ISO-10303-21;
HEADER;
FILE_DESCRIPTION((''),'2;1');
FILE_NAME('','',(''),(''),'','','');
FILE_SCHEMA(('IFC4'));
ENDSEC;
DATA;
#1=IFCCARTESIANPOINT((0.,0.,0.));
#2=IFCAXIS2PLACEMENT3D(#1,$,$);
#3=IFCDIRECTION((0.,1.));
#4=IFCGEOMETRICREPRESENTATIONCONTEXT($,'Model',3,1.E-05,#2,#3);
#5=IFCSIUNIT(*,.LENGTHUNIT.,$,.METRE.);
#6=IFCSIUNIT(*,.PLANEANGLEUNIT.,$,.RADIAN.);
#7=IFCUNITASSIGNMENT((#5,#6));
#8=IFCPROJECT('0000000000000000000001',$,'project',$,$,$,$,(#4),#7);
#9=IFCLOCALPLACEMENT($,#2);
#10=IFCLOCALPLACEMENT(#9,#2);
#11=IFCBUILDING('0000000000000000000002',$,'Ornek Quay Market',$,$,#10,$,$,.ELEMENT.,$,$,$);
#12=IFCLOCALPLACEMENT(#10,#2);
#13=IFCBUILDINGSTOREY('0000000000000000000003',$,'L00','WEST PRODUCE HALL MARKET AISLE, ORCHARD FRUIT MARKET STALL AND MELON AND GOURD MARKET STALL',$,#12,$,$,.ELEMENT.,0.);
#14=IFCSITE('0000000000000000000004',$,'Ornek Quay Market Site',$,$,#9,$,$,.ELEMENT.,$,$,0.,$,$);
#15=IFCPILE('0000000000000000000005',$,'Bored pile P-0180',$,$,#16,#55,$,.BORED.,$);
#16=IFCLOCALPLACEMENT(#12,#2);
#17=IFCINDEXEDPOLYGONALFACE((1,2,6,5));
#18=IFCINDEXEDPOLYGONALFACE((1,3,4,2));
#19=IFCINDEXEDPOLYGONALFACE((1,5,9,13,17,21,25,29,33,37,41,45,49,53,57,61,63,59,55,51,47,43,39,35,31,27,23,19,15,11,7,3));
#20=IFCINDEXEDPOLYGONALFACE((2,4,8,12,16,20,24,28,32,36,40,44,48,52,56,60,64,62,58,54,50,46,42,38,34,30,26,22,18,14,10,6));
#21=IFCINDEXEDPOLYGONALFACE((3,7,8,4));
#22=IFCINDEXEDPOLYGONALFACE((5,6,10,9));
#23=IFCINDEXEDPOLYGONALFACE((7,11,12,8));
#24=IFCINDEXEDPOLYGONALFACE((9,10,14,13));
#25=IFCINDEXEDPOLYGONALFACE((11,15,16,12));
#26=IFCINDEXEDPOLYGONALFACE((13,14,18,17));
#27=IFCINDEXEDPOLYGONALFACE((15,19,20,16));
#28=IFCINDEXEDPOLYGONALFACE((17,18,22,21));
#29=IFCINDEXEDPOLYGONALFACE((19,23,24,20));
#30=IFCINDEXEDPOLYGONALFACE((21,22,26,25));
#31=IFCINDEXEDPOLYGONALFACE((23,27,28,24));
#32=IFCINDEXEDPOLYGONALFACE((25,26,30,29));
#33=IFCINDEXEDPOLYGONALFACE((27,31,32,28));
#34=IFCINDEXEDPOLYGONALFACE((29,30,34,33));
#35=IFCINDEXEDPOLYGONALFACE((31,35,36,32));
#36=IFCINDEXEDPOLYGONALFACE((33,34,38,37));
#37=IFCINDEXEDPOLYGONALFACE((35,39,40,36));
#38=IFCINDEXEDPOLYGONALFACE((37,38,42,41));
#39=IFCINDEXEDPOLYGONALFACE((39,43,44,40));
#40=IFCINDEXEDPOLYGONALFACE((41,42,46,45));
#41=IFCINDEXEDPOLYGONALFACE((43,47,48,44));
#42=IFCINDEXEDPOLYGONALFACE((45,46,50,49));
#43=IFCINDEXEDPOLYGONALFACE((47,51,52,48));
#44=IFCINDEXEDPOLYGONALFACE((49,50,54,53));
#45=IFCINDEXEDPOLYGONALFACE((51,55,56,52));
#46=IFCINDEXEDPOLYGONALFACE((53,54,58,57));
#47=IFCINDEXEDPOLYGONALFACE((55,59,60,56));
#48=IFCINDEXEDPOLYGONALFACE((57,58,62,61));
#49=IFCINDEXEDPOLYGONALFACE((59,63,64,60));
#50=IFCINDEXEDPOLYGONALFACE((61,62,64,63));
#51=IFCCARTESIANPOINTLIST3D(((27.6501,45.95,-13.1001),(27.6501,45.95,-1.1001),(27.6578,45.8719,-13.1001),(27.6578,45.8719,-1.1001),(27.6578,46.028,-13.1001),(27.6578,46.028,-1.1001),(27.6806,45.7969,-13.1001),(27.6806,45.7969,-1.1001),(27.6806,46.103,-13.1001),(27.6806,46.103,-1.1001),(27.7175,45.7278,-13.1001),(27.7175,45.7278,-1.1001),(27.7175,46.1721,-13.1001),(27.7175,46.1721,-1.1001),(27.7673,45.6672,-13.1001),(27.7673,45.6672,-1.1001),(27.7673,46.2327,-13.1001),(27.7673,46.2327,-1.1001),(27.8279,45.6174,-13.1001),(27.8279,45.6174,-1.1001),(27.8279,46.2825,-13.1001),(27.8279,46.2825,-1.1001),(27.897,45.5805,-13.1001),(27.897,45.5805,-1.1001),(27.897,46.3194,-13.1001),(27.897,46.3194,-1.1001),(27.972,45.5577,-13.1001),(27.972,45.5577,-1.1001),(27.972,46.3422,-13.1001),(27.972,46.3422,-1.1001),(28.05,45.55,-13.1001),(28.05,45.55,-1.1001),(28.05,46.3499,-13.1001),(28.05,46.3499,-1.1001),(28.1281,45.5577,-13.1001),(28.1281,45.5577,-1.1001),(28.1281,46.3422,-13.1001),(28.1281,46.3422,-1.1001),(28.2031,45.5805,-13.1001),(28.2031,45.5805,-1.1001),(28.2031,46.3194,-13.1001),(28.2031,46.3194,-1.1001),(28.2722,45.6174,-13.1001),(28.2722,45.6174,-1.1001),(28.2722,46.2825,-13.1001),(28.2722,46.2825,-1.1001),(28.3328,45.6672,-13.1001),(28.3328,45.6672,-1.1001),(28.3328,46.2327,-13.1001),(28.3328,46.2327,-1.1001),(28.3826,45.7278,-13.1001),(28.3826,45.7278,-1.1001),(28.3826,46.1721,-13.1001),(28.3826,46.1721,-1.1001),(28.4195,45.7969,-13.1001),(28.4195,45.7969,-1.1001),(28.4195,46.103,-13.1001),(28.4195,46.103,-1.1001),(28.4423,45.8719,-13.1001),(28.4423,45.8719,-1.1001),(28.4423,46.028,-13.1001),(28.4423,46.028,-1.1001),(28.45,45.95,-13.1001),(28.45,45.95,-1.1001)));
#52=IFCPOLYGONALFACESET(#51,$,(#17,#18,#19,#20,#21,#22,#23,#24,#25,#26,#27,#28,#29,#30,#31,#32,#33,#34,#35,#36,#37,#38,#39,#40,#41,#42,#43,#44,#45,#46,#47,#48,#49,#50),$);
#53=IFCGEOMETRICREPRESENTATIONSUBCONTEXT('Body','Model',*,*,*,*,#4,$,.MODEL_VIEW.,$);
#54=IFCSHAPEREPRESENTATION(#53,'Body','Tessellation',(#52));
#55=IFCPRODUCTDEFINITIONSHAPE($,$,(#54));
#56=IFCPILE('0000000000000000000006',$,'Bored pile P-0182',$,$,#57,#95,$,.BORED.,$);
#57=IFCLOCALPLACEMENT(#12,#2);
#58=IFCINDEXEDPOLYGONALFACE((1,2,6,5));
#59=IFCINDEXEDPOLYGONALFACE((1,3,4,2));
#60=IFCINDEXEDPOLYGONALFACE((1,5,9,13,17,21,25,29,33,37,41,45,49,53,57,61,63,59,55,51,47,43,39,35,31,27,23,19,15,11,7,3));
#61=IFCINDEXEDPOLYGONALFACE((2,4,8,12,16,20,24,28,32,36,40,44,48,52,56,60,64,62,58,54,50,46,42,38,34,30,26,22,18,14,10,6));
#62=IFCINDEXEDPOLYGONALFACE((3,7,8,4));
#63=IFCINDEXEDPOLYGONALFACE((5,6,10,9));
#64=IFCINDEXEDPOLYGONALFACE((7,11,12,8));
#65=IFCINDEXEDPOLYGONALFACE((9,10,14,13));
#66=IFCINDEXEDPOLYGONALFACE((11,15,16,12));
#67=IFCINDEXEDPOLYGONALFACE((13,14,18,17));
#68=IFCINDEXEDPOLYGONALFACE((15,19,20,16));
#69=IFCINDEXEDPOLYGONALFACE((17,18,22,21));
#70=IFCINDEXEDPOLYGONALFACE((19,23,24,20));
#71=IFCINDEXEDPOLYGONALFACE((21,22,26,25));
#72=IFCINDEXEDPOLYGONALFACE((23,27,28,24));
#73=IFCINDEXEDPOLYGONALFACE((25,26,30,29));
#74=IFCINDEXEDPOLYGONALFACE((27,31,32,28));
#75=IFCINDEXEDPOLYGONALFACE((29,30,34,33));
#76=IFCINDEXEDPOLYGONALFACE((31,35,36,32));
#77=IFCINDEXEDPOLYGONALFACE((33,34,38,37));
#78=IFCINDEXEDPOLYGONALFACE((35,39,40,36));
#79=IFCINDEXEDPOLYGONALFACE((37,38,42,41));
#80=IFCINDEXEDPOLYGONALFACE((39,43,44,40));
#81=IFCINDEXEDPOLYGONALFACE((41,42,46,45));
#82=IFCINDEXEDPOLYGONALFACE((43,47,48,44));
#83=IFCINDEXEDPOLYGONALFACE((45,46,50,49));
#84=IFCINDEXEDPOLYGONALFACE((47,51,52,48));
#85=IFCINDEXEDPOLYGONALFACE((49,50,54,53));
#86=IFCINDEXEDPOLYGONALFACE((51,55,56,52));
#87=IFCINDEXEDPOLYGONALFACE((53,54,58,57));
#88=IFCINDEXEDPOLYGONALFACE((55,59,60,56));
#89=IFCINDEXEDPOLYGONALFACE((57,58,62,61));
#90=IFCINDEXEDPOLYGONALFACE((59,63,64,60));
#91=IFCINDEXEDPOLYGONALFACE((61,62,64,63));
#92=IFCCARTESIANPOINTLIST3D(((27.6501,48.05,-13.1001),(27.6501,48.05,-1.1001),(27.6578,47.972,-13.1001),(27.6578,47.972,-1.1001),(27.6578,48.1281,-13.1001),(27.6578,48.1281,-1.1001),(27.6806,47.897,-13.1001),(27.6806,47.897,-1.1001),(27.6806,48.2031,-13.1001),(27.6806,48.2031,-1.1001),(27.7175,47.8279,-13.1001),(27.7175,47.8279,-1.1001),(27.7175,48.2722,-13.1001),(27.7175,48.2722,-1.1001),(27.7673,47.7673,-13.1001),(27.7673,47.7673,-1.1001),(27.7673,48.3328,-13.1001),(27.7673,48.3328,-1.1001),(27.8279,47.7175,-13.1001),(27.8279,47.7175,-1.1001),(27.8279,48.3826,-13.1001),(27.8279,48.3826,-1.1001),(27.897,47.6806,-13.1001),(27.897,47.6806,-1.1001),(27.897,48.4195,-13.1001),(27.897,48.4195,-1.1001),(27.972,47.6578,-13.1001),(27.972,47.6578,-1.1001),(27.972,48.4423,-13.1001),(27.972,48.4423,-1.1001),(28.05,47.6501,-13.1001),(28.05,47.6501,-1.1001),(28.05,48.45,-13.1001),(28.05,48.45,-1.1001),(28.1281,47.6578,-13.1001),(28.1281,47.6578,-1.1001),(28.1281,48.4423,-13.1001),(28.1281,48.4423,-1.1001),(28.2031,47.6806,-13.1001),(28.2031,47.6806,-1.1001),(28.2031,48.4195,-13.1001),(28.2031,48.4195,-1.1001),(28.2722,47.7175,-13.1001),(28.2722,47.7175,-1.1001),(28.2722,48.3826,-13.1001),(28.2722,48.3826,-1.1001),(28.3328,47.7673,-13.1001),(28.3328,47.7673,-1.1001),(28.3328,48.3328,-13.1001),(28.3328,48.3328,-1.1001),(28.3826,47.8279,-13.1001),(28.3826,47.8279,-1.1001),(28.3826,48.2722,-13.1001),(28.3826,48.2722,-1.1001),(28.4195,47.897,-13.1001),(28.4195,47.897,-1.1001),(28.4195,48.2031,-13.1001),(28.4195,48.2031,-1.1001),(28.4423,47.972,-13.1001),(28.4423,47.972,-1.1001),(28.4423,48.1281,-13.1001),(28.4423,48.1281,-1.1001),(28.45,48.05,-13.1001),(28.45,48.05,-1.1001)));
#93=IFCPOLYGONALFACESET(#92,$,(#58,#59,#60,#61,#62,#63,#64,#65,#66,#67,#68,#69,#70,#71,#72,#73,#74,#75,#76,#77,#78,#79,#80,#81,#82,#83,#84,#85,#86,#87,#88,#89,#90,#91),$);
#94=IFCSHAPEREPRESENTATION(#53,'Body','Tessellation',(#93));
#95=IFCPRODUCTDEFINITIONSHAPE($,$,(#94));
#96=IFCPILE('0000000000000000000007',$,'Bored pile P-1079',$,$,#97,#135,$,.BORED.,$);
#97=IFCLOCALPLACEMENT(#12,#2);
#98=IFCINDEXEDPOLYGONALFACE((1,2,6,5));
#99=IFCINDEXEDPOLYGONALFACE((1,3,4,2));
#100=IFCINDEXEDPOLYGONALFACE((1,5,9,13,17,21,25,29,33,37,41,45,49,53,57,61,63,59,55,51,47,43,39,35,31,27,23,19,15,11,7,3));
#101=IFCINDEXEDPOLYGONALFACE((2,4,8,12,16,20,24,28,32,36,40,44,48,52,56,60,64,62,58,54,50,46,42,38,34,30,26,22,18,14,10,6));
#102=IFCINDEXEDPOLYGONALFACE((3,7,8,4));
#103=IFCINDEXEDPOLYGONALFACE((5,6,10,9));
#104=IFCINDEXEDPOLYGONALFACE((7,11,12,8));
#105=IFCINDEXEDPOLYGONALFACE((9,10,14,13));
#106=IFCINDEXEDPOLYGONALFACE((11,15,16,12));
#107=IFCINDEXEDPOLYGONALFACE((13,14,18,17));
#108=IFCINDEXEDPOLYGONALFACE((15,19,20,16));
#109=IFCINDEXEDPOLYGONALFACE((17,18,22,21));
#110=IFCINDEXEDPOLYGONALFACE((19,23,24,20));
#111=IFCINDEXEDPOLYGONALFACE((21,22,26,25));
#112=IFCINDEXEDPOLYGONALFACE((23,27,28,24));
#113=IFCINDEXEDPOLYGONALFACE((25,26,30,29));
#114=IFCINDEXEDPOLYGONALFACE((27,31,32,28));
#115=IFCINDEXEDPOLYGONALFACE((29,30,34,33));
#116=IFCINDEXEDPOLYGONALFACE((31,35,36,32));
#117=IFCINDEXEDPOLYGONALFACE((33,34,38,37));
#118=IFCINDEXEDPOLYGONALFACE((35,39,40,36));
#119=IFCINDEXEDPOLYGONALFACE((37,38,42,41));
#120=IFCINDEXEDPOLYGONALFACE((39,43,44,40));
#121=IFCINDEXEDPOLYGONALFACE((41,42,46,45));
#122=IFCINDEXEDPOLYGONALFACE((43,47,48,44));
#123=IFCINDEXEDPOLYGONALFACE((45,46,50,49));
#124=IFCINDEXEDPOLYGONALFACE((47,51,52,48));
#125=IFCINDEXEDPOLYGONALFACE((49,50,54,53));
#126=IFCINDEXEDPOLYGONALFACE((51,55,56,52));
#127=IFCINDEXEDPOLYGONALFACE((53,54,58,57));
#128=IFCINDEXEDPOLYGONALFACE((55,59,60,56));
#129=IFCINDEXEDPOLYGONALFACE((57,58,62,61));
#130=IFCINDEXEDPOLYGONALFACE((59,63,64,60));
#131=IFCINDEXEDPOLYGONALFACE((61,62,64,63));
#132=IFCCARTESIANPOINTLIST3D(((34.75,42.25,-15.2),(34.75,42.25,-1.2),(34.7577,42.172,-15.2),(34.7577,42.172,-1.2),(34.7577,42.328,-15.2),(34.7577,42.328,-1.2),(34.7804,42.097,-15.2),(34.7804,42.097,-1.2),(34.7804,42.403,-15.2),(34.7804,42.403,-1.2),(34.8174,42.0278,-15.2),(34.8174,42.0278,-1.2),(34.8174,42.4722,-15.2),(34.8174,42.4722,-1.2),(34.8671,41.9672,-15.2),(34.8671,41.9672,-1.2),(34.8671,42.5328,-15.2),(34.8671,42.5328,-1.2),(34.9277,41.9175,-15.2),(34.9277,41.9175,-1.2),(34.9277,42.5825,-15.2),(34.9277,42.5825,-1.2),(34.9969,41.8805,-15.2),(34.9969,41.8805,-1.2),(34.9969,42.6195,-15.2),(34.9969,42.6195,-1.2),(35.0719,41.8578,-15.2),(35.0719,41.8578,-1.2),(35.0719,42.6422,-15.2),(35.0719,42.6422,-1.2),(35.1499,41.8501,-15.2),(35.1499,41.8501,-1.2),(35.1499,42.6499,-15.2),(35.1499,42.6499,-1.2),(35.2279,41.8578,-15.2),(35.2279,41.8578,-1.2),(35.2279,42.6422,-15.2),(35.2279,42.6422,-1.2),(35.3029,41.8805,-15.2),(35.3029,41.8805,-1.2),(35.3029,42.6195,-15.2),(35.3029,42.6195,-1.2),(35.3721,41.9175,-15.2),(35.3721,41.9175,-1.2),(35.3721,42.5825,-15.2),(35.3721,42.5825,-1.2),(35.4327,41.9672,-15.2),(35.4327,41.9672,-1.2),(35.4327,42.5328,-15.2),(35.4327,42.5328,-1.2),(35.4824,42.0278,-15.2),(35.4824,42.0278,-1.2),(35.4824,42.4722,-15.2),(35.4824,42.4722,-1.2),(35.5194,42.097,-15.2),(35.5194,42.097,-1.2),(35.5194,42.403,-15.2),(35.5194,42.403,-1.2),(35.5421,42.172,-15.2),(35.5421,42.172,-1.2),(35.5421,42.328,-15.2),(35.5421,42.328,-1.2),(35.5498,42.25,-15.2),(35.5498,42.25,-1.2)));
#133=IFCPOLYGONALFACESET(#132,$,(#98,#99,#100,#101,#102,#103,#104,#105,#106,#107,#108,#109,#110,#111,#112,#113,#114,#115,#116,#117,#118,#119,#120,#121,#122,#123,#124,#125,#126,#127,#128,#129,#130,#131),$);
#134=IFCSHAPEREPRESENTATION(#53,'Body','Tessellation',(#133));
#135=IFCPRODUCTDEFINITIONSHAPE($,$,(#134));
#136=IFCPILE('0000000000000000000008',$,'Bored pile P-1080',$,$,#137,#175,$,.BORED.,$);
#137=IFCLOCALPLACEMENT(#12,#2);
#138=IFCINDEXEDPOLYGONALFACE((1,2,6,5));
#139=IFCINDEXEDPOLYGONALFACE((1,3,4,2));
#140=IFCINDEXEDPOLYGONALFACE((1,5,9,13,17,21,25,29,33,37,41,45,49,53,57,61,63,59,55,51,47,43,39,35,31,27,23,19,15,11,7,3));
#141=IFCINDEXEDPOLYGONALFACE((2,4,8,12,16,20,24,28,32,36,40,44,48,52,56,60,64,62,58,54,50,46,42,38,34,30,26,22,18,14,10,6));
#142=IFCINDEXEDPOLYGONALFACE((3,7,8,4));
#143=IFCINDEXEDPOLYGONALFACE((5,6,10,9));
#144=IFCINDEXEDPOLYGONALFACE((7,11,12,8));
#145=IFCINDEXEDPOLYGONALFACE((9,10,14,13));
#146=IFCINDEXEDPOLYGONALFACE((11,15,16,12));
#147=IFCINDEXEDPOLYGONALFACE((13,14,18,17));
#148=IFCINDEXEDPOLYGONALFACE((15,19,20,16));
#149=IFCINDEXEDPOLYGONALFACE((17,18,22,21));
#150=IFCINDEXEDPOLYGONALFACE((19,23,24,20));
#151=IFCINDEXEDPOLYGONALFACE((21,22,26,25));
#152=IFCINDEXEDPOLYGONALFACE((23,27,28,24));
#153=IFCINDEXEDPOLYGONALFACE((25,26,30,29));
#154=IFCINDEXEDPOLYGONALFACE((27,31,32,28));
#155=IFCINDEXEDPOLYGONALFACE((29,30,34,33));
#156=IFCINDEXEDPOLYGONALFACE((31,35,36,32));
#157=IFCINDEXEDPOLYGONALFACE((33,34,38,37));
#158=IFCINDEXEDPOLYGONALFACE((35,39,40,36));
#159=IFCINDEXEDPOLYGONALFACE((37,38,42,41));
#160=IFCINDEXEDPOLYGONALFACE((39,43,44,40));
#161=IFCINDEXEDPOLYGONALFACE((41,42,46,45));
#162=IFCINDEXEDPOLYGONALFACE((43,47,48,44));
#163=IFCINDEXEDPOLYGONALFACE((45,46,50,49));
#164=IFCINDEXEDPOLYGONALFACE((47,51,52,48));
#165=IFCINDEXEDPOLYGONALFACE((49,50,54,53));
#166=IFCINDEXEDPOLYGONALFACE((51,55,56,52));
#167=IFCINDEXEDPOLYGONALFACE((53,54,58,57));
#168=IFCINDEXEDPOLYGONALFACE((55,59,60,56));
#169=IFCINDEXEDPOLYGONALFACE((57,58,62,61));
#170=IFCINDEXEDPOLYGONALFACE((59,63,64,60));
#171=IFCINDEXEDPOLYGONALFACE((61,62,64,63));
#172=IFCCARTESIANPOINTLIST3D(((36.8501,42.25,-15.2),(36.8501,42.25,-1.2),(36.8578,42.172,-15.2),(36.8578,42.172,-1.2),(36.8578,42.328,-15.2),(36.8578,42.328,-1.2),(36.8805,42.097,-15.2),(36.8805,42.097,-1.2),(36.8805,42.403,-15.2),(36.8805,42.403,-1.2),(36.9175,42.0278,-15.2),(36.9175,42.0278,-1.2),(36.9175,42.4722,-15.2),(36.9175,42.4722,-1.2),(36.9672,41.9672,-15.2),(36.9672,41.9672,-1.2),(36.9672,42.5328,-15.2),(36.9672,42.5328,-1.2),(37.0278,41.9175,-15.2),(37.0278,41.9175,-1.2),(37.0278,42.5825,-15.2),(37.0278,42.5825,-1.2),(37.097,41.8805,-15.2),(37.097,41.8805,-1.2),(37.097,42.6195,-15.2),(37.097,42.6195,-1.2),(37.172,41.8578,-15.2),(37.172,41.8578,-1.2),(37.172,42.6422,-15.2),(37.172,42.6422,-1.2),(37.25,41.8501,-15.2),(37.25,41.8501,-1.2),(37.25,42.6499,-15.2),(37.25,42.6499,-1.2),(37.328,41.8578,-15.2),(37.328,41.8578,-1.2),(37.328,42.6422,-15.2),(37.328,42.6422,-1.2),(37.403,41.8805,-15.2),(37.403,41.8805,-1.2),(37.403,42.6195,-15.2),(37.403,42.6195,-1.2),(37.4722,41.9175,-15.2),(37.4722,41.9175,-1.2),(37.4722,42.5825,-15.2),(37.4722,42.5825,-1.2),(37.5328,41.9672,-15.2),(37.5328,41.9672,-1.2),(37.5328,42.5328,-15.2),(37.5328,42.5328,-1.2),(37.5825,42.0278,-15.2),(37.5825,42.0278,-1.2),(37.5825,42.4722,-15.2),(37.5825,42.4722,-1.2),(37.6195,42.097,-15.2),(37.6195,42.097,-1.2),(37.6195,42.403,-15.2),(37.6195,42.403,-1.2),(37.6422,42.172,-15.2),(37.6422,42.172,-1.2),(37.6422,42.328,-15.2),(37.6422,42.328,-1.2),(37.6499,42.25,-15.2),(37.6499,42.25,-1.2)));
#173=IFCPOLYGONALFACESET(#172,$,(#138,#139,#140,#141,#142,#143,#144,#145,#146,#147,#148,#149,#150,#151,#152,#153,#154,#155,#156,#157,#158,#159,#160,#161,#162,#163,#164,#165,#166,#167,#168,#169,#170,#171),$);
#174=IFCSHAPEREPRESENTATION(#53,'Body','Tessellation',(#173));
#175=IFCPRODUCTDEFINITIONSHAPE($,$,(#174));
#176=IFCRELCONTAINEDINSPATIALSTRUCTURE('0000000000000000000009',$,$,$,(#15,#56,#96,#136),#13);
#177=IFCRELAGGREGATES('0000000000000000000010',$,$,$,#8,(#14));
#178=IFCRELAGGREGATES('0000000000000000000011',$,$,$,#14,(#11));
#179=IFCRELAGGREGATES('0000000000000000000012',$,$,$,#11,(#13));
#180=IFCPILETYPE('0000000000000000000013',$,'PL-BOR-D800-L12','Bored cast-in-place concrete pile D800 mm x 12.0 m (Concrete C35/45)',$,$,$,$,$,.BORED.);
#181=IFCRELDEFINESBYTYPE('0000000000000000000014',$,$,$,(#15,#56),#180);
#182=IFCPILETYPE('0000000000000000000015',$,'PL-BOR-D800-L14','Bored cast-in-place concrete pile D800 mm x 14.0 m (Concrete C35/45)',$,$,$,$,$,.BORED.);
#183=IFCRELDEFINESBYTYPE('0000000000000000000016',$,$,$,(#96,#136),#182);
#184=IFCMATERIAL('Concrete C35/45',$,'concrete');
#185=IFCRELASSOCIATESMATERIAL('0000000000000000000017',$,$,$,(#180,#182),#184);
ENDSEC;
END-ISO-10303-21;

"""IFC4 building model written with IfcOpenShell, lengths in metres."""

from ifc_helpers import new_model, si_unit, direction, frame, origin, origin_2d, place, context, subcontext, project, spatial, circle, extrude, material, material_profile, profile_set, type_object, element, save


model = new_model("IFC4")

# Units and contexts
model_context = context("Model", 3, precision=1e-05, world=origin(), true_north=direction((0.0, 1.0)))
body_context = subcontext(model_context, "Body", "Model", "MODEL_VIEW")
ifc_project = project(units=[si_unit("LENGTHUNIT", "METRE"), si_unit("PLANEANGLEUNIT", "RADIAN")], contexts=[model_context])

# Site, building, storey
site_placement = place(None, origin())
site = spatial("IfcSite", under=ifc_project, at=site_placement, Name="Ornek Quay Market Site", CompositionType="ELEMENT", RefElevation=0.0)
building_placement = place(site_placement, origin())
building = spatial("IfcBuilding", under=site, at=building_placement, Name="Ornek Quay Market", CompositionType="ELEMENT")
storey_placement = place(building_placement, origin())
storey = spatial("IfcBuildingStorey", under=building, at=storey_placement, Name="L00", Description="WEST PRODUCE HALL MARKET AISLE, ORCHARD FRUIT MARKET STALL AND MELON AND GOURD MARKET STALL", CompositionType="ELEMENT", Elevation=0.0)

# Piles
ifc_material_1 = material(Name="Concrete C35/45", Category="concrete")
ifc_material_profile_1 = material_profile(ifc_material_1, circle(Radius=0.3999, at=origin_2d()), Name="PILE D800", Category="concrete")
ifc_profile_set_1 = profile_set([ifc_material_profile_1], Name="Concrete C35/45")
pile_type_1 = type_object("IfcPileType", Name="PL-BOR-D800-L12", Description="Bored cast-in-place concrete pile D800 mm x 12.0 m (Concrete C35/45)", PredefinedType="BORED", material=ifc_profile_set_1)
for number, where, z_axis, x_axis, name in (
    (1, (28.05, 45.95, -1.1001), (0.0, 0.0, -1.0), (1.0, 0.0, 0.0), "Bored pile P-0180"),
    (2, (28.05, 48.05, -1.1001), (0.0, 0.0, -1.0), (1.0, 0.0, 0.0), "Bored pile P-0182"),
):
    element("IfcPile", number, at=place(storey_placement, frame(where, z_axis=z_axis, x_axis=x_axis)), inside=storey, type_object=pile_type_1, Name=name, PredefinedType="BORED", context=body_context, shape_type="SweptSolid", body=[
        extrude(circle(Radius=0.3999, at=origin_2d()), origin(), (0.0, 0.0, 1.0), 12.0),
    ])
ifc_material_profile_2 = material_profile(ifc_material_1, circle(Radius=0.3999, at=origin_2d()), Name="PILE D800", Category="concrete")
ifc_profile_set_2 = profile_set([ifc_material_profile_2], Name="Concrete C35/45")
pile_type_2 = type_object("IfcPileType", Name="PL-BOR-D800-L14", Description="Bored cast-in-place concrete pile D800 mm x 14.0 m (Concrete C35/45)", PredefinedType="BORED", material=ifc_profile_set_2)
for number, where, z_axis, x_axis, name in (
    (3, (35.1499, 42.25, -1.2), (0.0, 0.0, -1.0), (1.0, 0.0, 0.0), "Bored pile P-1079"),
    (4, (37.25, 42.25, -1.2), (0.0, 0.0, -1.0), (1.0, 0.0, 0.0), "Bored pile P-1080"),
):
    element("IfcPile", number, at=place(storey_placement, frame(where, z_axis=z_axis, x_axis=x_axis)), inside=storey, type_object=pile_type_2, Name=name, PredefinedType="BORED", context=body_context, shape_type="SweptSolid", body=[
        extrude(circle(Radius=0.3999, at=origin_2d()), origin(), (0.0, 0.0, 1.0), 14.0),
    ])

save(model, "model.ifc")
